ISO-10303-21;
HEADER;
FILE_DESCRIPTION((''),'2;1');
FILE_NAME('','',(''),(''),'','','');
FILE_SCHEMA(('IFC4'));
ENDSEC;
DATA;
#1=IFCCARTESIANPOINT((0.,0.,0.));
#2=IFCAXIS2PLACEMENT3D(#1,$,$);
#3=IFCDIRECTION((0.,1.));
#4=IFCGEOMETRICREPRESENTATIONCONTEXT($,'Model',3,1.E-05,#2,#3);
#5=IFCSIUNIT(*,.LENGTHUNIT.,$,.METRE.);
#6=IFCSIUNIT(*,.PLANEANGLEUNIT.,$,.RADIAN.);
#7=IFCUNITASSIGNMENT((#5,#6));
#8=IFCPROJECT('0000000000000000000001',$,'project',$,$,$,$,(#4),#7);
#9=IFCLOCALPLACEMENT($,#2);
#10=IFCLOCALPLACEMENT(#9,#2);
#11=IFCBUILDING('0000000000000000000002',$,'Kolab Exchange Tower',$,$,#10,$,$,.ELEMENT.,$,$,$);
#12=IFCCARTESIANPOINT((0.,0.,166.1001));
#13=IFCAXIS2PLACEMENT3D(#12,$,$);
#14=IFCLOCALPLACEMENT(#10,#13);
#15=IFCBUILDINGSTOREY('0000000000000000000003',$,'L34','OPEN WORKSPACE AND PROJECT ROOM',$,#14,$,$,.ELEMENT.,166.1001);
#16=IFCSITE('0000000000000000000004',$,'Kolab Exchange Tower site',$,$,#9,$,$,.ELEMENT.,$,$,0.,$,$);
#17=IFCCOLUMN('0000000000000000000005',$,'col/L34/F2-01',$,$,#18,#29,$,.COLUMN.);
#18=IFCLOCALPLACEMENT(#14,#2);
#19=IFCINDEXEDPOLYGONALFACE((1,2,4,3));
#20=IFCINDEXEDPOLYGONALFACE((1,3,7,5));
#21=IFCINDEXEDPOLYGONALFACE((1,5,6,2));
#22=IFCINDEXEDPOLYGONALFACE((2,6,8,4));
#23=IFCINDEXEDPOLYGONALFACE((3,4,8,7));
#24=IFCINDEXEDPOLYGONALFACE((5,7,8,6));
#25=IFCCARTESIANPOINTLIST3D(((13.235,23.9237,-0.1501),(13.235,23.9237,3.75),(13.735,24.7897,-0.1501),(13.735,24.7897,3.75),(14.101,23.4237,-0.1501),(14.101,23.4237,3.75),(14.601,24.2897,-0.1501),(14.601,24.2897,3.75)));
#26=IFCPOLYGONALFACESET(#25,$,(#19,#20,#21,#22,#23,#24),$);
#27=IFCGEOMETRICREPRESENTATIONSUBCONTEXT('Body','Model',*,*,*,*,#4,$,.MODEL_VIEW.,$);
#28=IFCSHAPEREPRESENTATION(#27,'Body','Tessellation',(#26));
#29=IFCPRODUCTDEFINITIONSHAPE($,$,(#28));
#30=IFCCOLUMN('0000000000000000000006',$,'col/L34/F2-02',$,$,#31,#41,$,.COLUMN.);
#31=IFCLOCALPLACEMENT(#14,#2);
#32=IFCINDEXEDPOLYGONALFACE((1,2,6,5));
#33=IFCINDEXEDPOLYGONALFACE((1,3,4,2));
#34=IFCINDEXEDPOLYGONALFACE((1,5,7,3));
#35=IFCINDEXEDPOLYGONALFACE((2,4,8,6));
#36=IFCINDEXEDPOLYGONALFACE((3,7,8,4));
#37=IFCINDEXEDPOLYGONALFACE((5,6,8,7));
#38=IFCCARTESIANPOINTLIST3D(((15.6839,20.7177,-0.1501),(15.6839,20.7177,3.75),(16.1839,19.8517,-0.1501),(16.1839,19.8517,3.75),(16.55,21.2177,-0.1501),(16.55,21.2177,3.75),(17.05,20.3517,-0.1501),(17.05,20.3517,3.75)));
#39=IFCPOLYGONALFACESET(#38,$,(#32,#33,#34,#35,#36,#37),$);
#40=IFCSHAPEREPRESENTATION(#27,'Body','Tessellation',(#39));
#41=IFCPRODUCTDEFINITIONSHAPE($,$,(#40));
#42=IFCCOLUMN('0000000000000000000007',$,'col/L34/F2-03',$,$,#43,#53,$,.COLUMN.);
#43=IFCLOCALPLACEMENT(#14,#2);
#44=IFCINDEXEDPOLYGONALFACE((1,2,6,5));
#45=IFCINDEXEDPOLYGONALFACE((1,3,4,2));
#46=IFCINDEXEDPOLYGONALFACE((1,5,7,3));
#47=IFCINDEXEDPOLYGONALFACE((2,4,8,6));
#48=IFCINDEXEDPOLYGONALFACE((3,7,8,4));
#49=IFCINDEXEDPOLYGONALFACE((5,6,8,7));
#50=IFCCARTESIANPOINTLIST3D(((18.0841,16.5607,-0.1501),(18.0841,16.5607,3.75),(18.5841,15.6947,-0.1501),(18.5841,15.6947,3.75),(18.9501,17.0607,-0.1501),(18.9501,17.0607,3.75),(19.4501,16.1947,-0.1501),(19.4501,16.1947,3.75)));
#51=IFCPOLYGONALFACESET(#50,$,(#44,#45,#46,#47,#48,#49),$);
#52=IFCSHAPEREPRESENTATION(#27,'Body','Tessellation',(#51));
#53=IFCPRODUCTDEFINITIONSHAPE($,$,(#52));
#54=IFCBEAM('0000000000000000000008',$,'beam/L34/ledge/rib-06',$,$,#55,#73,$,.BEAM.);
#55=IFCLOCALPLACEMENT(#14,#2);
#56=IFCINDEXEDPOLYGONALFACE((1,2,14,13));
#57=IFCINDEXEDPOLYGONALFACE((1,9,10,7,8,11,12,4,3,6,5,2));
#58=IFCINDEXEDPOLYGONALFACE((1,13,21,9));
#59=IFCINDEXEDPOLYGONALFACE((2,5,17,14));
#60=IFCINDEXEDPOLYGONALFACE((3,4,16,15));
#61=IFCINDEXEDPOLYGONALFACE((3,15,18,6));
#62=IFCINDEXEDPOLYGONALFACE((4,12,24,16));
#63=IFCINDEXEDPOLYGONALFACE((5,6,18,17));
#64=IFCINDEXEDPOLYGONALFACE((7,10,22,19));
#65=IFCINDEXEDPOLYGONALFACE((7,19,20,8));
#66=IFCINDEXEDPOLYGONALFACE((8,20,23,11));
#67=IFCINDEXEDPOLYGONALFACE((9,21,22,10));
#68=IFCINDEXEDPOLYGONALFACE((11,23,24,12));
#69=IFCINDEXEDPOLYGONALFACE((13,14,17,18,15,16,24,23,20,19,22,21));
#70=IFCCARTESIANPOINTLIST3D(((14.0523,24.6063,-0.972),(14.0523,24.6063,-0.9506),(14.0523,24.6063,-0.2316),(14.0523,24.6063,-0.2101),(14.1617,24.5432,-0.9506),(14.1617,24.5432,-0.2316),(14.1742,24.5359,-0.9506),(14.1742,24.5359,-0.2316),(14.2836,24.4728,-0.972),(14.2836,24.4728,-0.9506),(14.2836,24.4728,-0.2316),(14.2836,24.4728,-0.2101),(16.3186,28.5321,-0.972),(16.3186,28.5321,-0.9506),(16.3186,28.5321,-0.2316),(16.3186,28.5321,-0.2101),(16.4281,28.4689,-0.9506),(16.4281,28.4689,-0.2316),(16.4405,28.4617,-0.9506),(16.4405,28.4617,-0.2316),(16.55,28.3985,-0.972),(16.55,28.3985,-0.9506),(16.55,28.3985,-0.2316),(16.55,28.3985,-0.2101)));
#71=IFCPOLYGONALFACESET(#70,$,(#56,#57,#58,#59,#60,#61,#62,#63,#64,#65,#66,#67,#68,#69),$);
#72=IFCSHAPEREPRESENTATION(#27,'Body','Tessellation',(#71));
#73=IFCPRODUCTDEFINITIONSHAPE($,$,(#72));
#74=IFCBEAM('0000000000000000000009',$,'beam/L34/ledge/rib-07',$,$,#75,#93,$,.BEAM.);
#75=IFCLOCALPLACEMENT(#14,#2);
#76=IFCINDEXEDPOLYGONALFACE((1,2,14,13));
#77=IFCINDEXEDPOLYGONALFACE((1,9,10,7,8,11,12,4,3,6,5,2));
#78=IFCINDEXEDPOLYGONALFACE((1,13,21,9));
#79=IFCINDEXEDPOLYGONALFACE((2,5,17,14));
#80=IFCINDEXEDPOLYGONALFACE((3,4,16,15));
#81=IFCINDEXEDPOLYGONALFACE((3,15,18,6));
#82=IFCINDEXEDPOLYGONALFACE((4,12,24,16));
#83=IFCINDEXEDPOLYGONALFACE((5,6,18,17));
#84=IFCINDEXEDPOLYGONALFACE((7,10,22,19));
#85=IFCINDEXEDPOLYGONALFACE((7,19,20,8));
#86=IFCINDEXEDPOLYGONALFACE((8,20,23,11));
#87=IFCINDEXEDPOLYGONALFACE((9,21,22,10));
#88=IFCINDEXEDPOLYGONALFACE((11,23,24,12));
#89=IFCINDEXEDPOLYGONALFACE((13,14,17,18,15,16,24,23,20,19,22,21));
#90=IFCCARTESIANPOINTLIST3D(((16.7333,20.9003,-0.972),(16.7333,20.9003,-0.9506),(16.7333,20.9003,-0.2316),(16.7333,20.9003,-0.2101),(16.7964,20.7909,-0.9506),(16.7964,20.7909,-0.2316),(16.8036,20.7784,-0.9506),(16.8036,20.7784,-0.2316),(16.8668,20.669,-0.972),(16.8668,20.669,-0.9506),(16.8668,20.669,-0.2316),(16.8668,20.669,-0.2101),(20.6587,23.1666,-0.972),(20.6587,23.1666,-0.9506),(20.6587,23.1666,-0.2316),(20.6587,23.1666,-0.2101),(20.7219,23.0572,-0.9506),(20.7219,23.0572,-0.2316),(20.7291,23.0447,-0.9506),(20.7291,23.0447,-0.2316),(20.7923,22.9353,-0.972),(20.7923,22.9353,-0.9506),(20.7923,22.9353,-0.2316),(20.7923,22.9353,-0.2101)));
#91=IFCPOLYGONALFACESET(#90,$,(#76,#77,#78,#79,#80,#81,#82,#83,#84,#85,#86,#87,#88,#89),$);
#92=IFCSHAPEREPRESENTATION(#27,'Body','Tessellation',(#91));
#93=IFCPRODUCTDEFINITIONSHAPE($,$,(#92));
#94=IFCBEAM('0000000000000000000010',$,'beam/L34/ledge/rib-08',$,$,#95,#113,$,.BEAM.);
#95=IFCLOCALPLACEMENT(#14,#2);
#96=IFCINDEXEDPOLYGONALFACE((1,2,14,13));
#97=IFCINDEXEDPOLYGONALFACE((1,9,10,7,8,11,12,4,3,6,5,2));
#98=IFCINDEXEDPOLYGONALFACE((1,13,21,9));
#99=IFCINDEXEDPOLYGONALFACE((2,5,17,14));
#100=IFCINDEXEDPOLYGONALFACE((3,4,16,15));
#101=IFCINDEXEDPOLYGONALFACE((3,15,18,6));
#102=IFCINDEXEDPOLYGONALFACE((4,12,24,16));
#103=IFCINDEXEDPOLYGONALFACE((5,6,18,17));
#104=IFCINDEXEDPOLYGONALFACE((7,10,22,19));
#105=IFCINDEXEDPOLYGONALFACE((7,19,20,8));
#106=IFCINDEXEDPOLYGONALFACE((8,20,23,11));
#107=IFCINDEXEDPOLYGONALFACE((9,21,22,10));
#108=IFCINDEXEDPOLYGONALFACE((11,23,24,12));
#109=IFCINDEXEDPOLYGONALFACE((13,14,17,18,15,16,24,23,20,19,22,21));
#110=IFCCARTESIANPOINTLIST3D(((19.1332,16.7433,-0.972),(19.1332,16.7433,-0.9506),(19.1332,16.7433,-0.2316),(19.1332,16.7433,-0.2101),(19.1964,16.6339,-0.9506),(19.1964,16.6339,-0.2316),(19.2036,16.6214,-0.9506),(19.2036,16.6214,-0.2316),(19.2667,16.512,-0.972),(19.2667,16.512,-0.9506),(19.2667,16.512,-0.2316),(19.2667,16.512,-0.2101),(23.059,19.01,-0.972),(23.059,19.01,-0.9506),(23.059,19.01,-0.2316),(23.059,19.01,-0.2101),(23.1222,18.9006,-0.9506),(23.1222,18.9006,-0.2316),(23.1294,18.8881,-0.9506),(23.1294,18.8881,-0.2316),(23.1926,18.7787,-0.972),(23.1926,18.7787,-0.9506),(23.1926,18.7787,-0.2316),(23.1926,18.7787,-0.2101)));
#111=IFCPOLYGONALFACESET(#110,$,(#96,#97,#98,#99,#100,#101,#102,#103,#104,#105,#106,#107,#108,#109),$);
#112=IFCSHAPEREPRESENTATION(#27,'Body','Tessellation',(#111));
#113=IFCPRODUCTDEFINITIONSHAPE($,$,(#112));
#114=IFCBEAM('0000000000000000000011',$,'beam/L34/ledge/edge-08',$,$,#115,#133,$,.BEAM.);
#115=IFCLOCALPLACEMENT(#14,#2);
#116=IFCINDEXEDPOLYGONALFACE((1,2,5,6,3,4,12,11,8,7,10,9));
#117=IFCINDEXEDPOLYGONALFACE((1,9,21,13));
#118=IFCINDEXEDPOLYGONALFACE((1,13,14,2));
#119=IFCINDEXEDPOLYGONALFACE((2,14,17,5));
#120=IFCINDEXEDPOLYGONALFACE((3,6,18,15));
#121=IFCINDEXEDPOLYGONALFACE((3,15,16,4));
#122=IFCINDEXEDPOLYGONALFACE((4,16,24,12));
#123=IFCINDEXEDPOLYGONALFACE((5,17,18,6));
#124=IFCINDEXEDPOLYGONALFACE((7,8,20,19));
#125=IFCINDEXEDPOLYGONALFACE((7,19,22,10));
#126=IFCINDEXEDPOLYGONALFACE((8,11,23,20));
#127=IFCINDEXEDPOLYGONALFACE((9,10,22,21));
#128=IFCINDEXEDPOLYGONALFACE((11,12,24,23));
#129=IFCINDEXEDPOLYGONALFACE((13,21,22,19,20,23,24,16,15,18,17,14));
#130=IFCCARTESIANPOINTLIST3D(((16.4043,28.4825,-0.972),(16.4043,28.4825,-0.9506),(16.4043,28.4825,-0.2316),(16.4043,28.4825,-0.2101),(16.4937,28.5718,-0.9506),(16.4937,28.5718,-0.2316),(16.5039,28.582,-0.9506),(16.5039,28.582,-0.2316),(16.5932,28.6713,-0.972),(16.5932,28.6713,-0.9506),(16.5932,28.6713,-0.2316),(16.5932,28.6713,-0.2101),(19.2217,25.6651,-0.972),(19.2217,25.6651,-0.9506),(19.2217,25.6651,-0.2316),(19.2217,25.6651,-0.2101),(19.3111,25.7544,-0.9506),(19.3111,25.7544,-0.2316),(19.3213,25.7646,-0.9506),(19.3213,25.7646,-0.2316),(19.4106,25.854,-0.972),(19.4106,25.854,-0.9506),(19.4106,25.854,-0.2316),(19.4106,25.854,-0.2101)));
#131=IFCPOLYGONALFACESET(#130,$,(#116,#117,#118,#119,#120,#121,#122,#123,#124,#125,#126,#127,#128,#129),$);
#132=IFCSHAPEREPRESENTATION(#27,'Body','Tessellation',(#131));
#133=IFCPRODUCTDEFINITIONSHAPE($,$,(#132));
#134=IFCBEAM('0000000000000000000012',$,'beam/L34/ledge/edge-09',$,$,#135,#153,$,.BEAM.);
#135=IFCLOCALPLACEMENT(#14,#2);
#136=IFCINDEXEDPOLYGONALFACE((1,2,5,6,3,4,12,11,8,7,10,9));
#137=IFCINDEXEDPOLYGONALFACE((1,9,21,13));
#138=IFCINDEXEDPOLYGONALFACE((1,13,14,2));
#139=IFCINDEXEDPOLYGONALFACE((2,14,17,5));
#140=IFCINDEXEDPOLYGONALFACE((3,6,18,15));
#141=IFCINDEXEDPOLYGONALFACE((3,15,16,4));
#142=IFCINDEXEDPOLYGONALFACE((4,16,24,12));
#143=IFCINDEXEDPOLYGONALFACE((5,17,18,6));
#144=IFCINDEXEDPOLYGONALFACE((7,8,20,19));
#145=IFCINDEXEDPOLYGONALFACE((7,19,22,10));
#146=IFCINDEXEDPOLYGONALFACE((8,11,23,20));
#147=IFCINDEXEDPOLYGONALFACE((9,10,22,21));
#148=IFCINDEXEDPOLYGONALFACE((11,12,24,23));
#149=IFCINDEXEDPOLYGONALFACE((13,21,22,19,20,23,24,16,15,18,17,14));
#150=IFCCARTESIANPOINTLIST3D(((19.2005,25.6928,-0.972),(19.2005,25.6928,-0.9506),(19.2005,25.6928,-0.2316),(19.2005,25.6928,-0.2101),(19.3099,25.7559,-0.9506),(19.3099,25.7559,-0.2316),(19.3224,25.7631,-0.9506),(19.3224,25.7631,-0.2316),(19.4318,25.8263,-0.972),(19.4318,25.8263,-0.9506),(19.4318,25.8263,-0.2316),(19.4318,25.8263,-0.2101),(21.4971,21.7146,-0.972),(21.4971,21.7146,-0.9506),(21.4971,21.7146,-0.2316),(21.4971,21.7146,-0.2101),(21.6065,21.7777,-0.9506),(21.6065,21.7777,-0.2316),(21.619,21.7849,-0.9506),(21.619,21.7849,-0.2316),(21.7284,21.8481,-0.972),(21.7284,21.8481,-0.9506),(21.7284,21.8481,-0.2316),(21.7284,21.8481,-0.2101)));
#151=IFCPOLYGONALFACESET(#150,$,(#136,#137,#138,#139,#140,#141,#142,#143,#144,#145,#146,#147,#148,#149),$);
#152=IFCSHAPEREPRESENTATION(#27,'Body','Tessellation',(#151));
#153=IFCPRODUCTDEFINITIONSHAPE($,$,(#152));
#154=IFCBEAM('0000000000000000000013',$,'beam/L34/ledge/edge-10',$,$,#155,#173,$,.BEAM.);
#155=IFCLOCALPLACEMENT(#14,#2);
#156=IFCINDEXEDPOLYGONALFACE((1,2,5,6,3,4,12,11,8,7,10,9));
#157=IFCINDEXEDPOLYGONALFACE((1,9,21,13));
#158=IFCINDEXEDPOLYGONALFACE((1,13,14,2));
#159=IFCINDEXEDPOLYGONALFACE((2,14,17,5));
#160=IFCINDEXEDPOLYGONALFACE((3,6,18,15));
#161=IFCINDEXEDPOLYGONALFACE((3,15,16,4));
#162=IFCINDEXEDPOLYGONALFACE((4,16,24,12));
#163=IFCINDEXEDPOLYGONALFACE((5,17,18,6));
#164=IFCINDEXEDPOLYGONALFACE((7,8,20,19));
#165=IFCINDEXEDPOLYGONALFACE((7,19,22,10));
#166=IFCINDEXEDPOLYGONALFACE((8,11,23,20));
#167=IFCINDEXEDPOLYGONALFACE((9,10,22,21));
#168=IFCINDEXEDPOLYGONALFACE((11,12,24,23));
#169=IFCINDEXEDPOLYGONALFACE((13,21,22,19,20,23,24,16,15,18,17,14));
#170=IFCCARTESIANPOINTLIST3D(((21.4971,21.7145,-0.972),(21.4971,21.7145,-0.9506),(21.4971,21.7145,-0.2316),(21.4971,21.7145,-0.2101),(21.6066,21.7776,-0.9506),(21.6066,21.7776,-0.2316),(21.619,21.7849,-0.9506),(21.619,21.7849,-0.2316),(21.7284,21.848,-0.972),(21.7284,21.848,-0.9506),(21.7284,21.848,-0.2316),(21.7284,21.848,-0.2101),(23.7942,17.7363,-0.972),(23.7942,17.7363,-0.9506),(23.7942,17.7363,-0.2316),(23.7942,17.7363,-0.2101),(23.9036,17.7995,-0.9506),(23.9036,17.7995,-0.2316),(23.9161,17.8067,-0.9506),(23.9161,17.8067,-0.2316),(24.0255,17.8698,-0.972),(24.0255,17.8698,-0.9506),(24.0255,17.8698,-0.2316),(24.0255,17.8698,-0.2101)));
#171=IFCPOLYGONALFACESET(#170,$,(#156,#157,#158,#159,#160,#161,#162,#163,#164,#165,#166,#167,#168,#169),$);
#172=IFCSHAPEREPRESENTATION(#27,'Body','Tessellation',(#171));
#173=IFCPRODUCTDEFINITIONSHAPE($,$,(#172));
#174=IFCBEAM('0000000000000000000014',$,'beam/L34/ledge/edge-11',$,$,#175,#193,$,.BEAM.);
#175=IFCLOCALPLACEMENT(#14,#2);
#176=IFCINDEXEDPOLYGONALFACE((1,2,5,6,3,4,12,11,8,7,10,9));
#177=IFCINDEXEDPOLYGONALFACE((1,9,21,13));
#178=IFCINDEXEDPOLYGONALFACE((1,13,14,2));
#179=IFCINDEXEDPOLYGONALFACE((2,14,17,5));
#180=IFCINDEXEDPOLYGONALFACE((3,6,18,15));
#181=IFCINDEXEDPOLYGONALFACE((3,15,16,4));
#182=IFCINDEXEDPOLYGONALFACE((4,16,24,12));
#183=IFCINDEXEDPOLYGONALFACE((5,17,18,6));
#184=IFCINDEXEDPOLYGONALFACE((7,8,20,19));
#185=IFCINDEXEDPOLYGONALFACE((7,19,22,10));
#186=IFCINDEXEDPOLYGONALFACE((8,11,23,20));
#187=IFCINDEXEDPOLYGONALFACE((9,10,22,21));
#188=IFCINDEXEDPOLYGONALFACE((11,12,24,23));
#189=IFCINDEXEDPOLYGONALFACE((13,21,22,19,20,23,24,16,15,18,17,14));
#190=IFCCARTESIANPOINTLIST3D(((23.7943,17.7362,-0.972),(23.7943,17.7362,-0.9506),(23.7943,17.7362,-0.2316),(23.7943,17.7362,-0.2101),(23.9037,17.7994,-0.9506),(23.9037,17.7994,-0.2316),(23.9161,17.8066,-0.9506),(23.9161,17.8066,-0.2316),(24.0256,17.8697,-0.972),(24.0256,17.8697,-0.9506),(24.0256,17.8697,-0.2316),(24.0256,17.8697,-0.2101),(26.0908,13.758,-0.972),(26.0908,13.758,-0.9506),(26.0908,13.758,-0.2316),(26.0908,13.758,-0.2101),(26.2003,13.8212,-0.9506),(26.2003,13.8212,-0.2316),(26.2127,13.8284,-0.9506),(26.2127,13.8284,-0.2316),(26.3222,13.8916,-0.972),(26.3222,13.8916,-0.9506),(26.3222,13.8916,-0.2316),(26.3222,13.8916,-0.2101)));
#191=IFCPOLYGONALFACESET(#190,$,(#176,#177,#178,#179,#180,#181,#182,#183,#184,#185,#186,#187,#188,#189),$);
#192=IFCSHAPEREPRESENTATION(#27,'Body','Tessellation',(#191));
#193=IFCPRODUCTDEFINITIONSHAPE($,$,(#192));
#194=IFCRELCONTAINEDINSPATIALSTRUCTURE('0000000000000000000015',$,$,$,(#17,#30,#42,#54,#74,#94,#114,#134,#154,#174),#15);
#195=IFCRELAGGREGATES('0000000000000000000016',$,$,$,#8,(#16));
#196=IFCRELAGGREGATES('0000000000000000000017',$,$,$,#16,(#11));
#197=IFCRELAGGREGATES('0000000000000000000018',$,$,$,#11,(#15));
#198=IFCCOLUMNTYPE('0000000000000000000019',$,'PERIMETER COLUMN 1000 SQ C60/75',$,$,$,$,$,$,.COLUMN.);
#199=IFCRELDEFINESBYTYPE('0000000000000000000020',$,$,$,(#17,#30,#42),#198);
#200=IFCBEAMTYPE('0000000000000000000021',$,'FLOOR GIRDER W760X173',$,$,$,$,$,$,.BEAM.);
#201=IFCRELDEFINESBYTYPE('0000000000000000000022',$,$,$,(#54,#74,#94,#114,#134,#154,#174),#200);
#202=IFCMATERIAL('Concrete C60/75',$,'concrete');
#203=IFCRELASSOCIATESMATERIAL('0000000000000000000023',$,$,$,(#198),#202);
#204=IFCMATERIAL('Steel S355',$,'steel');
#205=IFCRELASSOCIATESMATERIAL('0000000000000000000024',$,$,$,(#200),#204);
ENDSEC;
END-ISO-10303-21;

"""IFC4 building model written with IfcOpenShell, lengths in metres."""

from ifc_helpers import new_model, si_unit, direction, frame, origin, origin_2d, place, context, subcontext, project, spatial, rectangle, i_section, extrude, material, material_profile, profile_set, type_object, element, save


model = new_model("IFC4")

# Units and contexts
model_context = context("Model", 3, precision=1e-05, world=origin(), true_north=direction((0.0, 1.0)))
body_context = subcontext(model_context, "Body", "Model", "MODEL_VIEW")
ifc_project = project(units=[si_unit("LENGTHUNIT", "METRE"), si_unit("PLANEANGLEUNIT", "RADIAN")], contexts=[model_context])

# Site, building, storey
site_placement = place(None, origin())
site = spatial("IfcSite", under=ifc_project, at=site_placement, Name="Kolab Exchange Tower site", CompositionType="ELEMENT", RefElevation=0.0)
building_placement = place(site_placement, origin())
building = spatial("IfcBuilding", under=site, at=building_placement, Name="Kolab Exchange Tower", CompositionType="ELEMENT")
storey_placement = place(building_placement, frame((0.0, 0.0, 166.1001)))
storey = spatial("IfcBuildingStorey", under=building, at=storey_placement, Name="L34", Description="OPEN WORKSPACE AND PROJECT ROOM", CompositionType="ELEMENT", Elevation=166.1001)

# Columns
ifc_material_1 = material(Name="Concrete C60/75", Category="concrete")
ifc_material_profile_1 = material_profile(ifc_material_1, rectangle(XDim=1.0, YDim=1.0, at=origin_2d()), Name="RC1000")
ifc_profile_set_1 = profile_set([ifc_material_profile_1], Name="Concrete C60/75")
column_type = type_object("IfcColumnType", Name="PERIMETER COLUMN 1000 SQ C60/75", PredefinedType="COLUMN", material=ifc_profile_set_1)
for number, where, z_axis, x_axis, name in (
    (1, (13.918, 24.1067, -0.1501), (0.0, 0.0, 1.0), (0.5, 0.866025, 0.0), "col/L34/F2-01"),
    (2, (16.3669, 20.5347, -0.1501), (0.0, 0.0, 1.0), (0.866025, 0.5, 0.0), "col/L34/F2-02"),
    (3, (18.7671, 16.3777, -0.1501), (0.0, 0.0, 1.0), (0.866025, 0.5, 0.0), "col/L34/F2-03"),
):
    element("IfcColumn", number, at=place(storey_placement, frame(where, z_axis=z_axis, x_axis=x_axis)), inside=storey, type_object=column_type, Name=name, PredefinedType="COLUMN", context=body_context, shape_type="SweptSolid", body=[
        extrude(rectangle(XDim=1.0, YDim=1.0, at=origin_2d()), origin(), (0.0, 0.0, 1.0), 3.9001),
    ])

# Beams
ifc_material_2 = material(Name="Steel S355", Category="steel")
ifc_material_profile_2 = material_profile(ifc_material_2, i_section(OverallWidth=0.2671, OverallDepth=0.762, WebThickness=0.0144, FlangeThickness=0.0215, at=origin_2d()), Name="W760X173")
ifc_profile_set_2 = profile_set([ifc_material_profile_2], Name="Steel S355")
beam_type_1 = type_object("IfcBeamType", Name="FLOOR GIRDER W760X173", PredefinedType="BEAM", material=ifc_profile_set_2)
beam_1_placement = place(storey_placement, frame((14.168, 24.5396, -0.5911), z_axis=(0.499968, 0.866044, 0.0), x_axis=(-0.866044, 0.499968, 0.0)))
element("IfcBeam", 4, at=beam_1_placement, inside=storey, type_object=beam_type_1, Name="beam/L34/ledge/rib-06", PredefinedType="BEAM", context=body_context, shape_type="SweptSolid", body=[
    extrude(i_section(OverallWidth=0.2671, OverallDepth=0.762, WebThickness=0.0144, FlangeThickness=0.0215, at=origin_2d()), origin(), (0.0, 0.0, 1.0), 4.533),
])
beam_2_placement = place(storey_placement, frame((16.8, 20.7847, -0.5911), z_axis=(0.86603, 0.499991, 0.0), x_axis=(-0.499991, 0.86603, 0.0)))
element("IfcBeam", 5, at=beam_2_placement, inside=storey, type_object=beam_type_1, Name="beam/L34/ledge/rib-07", PredefinedType="BEAM", context=body_context, shape_type="SweptSolid", body=[
    extrude(i_section(OverallWidth=0.2671, OverallDepth=0.762, WebThickness=0.0144, FlangeThickness=0.0215, at=origin_2d()), origin(), (0.0, 0.0, 1.0), 4.5327),
])
beam_3_placement = place(storey_placement, frame((19.2, 16.6277, -0.5911), z_axis=(0.866021, 0.500008, 0.0), x_axis=(-0.500008, 0.866021, 0.0)))
element("IfcBeam", 6, at=beam_3_placement, inside=storey, type_object=beam_type_1, Name="beam/L34/ledge/rib-08", PredefinedType="BEAM", context=body_context, shape_type="SweptSolid", body=[
    extrude(i_section(OverallWidth=0.2671, OverallDepth=0.762, WebThickness=0.0144, FlangeThickness=0.0215, at=origin_2d()), origin(), (0.0, 0.0, 1.0), 4.5332),
])
beam_4_placement = place(storey_placement, frame((16.4988, 28.5769, -0.5911), z_axis=(0.707107, -0.707107, 0.0), x_axis=(0.707107, 0.707107, 0.0)))
element("IfcBeam", 7, at=beam_4_placement, inside=storey, type_object=beam_type_1, Name="beam/L34/ledge/edge-08", PredefinedType="BEAM", context=body_context, shape_type="SweptSolid", body=[
    extrude(i_section(OverallWidth=0.2671, OverallDepth=0.762, WebThickness=0.0144, FlangeThickness=0.0215, at=origin_2d()), origin(), (0.0, 0.0, 1.0), 3.9844),
])
beam_5_placement = place(storey_placement, frame((19.3162, 25.7595, -0.5911), z_axis=(0.499963, -0.866047, 0.0), x_axis=(0.866047, 0.499963, 0.0)))
element("IfcBeam", 8, at=beam_5_placement, inside=storey, type_object=beam_type_1, Name="beam/L34/ledge/edge-09", PredefinedType="BEAM", context=body_context, shape_type="SweptSolid", body=[
    extrude(i_section(OverallWidth=0.2671, OverallDepth=0.762, WebThickness=0.0144, FlangeThickness=0.0215, at=origin_2d()), origin(), (0.0, 0.0, 1.0), 4.5935),
])
beam_6_placement = place(storey_placement, frame((21.6128, 21.7812, -0.5911), z_axis=(0.500043, -0.866001, 0.0), x_axis=(0.866001, 0.500043, 0.0)))
element("IfcBeam", 9, at=beam_6_placement, inside=storey, type_object=beam_type_1, Name="beam/L34/ledge/edge-10", PredefinedType="BEAM", context=body_context, shape_type="SweptSolid", body=[
    extrude(i_section(OverallWidth=0.2671, OverallDepth=0.762, WebThickness=0.0144, FlangeThickness=0.0215, at=origin_2d()), origin(), (0.0, 0.0, 1.0), 4.5938),
])
beam_7_placement = place(storey_placement, frame((23.9099, 17.803, -0.5911), z_axis=(0.499963, -0.866047, 0.0), x_axis=(0.866047, 0.499963, 0.0)))
element("IfcBeam", 10, at=beam_7_placement, inside=storey, type_object=beam_type_1, Name="beam/L34/ledge/edge-11", PredefinedType="BEAM", context=body_context, shape_type="SweptSolid", body=[
    extrude(i_section(OverallWidth=0.2671, OverallDepth=0.762, WebThickness=0.0144, FlangeThickness=0.0215, at=origin_2d()), origin(), (0.0, 0.0, 1.0), 4.5935),
])

save(model, "model.ifc")
